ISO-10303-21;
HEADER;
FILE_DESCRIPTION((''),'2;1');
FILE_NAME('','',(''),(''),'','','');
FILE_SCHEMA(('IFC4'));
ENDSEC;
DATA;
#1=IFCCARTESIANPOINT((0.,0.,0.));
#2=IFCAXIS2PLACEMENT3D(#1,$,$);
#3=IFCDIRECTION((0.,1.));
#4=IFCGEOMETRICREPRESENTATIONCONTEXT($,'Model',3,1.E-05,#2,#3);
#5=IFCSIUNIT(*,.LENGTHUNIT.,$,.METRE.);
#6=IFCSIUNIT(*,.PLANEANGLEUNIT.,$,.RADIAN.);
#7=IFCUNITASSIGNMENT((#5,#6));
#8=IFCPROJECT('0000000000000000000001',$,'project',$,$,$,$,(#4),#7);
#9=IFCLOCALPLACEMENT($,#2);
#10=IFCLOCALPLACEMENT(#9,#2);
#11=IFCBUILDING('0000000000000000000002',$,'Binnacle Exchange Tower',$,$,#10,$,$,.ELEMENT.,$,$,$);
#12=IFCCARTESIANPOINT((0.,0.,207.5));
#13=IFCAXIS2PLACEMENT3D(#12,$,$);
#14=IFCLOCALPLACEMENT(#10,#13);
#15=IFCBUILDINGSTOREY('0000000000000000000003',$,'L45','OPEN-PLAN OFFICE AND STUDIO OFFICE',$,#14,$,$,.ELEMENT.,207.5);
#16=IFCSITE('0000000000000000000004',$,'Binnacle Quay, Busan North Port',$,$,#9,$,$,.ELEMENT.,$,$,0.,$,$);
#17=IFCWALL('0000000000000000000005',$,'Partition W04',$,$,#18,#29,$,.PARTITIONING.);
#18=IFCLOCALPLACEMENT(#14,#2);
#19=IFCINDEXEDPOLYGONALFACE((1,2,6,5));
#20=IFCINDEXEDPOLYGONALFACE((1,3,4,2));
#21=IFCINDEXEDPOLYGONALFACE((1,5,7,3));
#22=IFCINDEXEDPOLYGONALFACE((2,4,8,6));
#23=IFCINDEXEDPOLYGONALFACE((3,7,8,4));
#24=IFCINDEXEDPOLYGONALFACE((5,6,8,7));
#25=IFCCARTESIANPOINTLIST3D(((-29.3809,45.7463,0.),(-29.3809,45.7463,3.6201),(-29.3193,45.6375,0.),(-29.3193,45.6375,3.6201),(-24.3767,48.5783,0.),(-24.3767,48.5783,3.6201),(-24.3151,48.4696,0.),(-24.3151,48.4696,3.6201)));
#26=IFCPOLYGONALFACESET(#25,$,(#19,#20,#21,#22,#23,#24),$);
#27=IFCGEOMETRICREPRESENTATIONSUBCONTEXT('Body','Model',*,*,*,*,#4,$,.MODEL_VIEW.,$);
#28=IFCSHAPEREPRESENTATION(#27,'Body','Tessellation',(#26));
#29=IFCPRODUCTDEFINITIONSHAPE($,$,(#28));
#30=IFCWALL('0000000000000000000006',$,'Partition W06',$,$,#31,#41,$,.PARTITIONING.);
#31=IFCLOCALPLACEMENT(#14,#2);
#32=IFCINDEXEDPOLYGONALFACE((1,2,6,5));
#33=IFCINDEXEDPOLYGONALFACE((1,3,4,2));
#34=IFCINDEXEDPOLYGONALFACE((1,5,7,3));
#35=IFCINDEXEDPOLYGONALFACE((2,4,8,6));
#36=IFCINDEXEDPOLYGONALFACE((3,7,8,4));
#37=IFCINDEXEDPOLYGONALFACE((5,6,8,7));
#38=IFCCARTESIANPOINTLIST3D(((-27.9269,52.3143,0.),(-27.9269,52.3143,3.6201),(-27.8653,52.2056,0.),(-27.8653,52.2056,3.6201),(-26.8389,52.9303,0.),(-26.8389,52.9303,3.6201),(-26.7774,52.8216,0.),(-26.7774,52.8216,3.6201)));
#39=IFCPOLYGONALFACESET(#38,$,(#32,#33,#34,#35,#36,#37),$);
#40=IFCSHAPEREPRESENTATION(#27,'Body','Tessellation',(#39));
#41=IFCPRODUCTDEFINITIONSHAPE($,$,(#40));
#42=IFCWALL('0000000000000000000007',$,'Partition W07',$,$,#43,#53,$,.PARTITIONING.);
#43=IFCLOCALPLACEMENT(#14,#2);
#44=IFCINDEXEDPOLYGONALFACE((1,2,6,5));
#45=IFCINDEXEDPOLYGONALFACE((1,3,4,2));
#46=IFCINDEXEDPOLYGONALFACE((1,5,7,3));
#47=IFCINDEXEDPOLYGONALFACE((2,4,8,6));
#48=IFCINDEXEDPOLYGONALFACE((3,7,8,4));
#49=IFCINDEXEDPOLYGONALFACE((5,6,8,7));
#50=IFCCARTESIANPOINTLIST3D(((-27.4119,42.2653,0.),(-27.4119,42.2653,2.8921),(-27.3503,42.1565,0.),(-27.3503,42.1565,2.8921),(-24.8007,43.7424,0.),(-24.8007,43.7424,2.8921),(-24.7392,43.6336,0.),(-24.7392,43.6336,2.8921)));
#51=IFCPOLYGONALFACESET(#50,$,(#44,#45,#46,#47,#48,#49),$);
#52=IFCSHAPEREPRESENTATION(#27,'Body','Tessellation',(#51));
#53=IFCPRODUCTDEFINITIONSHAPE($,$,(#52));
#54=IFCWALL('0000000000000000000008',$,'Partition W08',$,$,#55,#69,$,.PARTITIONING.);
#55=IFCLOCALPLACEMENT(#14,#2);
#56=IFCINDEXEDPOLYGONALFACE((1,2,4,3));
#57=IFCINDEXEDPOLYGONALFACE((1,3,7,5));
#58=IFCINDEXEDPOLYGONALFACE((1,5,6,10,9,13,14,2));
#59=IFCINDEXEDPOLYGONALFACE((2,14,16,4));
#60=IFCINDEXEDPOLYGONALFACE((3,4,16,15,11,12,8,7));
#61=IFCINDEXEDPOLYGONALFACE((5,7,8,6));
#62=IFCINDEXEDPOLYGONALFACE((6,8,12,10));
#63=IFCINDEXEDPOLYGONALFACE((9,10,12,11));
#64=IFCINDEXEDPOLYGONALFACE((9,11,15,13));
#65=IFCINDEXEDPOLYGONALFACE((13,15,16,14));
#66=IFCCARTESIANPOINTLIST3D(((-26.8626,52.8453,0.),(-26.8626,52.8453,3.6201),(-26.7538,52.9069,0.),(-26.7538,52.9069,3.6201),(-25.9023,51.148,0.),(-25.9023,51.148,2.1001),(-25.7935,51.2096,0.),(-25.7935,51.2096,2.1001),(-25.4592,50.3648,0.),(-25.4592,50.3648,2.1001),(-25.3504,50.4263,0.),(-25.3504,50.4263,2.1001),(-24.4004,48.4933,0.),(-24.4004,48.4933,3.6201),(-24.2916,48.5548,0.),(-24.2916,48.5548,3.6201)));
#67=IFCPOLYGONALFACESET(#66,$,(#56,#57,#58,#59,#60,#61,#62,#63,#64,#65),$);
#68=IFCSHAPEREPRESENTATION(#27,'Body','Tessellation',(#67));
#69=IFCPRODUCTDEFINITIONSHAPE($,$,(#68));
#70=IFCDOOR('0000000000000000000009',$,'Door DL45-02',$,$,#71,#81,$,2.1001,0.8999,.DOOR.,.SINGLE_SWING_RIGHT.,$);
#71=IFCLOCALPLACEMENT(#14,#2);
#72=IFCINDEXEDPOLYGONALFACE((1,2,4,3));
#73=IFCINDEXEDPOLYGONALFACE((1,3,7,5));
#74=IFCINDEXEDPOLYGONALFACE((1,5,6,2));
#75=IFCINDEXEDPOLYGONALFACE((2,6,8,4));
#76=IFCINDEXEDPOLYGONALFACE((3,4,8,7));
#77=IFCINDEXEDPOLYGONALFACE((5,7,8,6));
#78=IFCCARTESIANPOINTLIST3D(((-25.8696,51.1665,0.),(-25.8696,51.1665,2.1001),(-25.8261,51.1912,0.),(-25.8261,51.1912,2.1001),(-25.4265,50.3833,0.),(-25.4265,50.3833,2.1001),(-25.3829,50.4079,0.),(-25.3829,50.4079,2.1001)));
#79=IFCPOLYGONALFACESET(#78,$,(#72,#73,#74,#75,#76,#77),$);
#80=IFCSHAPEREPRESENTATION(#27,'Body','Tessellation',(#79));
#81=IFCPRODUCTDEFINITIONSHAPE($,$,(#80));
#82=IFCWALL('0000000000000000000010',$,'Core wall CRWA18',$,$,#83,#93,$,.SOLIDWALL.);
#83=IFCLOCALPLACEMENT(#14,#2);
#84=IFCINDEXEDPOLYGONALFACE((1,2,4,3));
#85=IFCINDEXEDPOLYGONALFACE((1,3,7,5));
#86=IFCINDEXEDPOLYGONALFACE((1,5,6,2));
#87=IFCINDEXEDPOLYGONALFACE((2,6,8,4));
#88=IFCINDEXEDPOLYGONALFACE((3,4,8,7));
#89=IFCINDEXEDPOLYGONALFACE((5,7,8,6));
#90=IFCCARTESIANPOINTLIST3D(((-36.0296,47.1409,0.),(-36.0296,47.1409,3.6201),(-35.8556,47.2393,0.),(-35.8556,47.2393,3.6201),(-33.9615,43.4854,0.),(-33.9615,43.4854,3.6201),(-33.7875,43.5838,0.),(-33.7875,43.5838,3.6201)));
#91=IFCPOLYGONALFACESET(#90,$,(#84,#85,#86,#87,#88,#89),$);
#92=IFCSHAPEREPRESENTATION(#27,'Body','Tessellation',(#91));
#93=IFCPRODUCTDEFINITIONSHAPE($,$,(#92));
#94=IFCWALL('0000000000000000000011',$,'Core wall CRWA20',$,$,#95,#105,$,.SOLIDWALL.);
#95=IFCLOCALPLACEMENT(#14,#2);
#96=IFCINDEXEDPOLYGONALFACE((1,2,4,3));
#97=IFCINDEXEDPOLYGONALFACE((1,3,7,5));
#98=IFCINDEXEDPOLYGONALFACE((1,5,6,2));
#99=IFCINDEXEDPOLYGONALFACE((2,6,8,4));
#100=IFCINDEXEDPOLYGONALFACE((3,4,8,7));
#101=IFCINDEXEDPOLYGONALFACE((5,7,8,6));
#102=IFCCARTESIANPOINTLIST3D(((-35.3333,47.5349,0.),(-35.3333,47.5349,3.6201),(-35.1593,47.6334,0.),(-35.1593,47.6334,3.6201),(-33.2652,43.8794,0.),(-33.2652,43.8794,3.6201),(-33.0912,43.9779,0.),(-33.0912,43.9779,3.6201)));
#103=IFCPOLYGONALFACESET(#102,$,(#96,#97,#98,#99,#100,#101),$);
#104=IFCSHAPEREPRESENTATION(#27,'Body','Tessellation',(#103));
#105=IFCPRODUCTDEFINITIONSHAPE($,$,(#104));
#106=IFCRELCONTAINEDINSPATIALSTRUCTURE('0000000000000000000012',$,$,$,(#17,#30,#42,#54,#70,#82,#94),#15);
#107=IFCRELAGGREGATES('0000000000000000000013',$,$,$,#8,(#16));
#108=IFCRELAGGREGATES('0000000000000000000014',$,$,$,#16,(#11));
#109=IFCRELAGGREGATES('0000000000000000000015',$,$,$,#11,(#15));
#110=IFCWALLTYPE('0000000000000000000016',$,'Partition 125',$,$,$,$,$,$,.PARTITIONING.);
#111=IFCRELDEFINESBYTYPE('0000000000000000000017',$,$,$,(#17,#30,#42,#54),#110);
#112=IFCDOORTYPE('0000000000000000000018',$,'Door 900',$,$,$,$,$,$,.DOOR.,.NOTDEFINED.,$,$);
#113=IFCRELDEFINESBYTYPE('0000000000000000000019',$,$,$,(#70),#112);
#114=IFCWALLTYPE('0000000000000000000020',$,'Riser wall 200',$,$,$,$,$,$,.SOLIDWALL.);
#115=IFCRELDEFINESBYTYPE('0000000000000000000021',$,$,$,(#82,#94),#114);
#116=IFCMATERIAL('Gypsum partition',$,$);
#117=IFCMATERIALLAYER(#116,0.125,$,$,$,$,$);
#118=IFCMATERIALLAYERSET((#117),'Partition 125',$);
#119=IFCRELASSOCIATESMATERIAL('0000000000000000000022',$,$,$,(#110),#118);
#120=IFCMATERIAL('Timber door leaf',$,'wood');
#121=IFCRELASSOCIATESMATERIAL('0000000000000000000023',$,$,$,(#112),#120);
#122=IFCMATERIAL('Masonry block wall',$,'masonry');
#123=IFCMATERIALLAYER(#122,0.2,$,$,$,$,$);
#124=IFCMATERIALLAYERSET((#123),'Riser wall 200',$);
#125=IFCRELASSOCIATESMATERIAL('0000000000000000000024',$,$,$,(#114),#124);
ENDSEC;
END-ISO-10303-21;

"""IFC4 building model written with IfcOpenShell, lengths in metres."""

from ifc_helpers import new_model, si_unit, direction, frame, frame_2d, origin, place, context, subcontext, project, spatial, rectangle, extrude, material, layer, layer_set, type_object, element, fill, save


model = new_model("IFC4")

# Units and contexts
model_context = context("Model", 3, precision=1e-05, world=origin(), true_north=direction((0.0, 1.0)))
body_context = subcontext(model_context, "Body", "Model", "MODEL_VIEW")
ifc_project = project(units=[si_unit("LENGTHUNIT", "METRE"), si_unit("PLANEANGLEUNIT", "RADIAN")], contexts=[model_context])

# Site, building, storey
site_placement = place(None, origin())
site = spatial("IfcSite", under=ifc_project, at=site_placement, Name="Binnacle Quay, Busan North Port", CompositionType="ELEMENT", RefElevation=0.0)
building_placement = place(site_placement, origin())
building = spatial("IfcBuilding", under=site, at=building_placement, Name="Binnacle Exchange Tower", CompositionType="ELEMENT")
storey_placement = place(building_placement, frame((0.0, 0.0, 207.5)))
storey = spatial("IfcBuildingStorey", under=building, at=storey_placement, Name="L45", Description="OPEN-PLAN OFFICE AND STUDIO OFFICE", CompositionType="ELEMENT", Elevation=207.5)

# Shared definitions
ifc_material_1 = material(Name="Masonry block wall", Category="masonry")

# Walls
ifc_material_2 = material(Name="Gypsum partition")
ifc_layer_1 = layer(ifc_material_2, 0.125)
ifc_layer_set_1 = layer_set([ifc_layer_1], Name="Partition 125")
wall_type_1 = type_object("IfcWallType", Name="Partition 125", PredefinedType="PARTITIONING", material=ifc_layer_set_1)
wall_1_placement = place(storey_placement, frame((-29.3501, 45.6919, 0.0), z_axis=(0.0, 0.0, 1.0), x_axis=(0.870295, 0.492531, 0.0)))
element("IfcWall", 1, at=wall_1_placement, inside=storey, type_object=wall_type_1, Name="Partition W04", PredefinedType="PARTITIONING", context=body_context, shape_type="SweptSolid", body=[
    extrude(rectangle(XDim=5.75, YDim=0.125, at=frame_2d((2.875, 0.0))), origin(), (0.0, 0.0, 1.0), 3.6201),
])
wall_2_placement = place(storey_placement, frame((-27.896, 52.26, 0.0), z_axis=(0.0, 0.0, 1.0), x_axis=(0.870195, 0.492707, 0.0)))
element("IfcWall", 2, at=wall_2_placement, inside=storey, type_object=wall_type_1, Name="Partition W06", PredefinedType="PARTITIONING", context=body_context, shape_type="SweptSolid", body=[
    extrude(rectangle(XDim=1.2502, YDim=0.125, at=frame_2d((0.625, 0.0))), origin(), (0.0, 0.0, 1.0), 3.6201),
])
wall_3_placement = place(storey_placement, frame((-27.3811, 42.2109, 0.0), z_axis=(0.0, 0.0, 1.0), x_axis=(0.870388, 0.492366, 0.0)))
element("IfcWall", 3, at=wall_3_placement, inside=storey, type_object=wall_type_1, Name="Partition W07", PredefinedType="PARTITIONING", context=body_context, shape_type="SweptSolid", body=[
    extrude(rectangle(XDim=3.0, YDim=0.125, at=frame_2d((1.5, 0.0))), origin(), (0.0, 0.0, 1.0), 2.8921),
])

# Wall, opening, door
wall_4_placement = place(storey_placement, frame((-26.8081, 52.876, 0.0), z_axis=(0.0, 0.0, 1.0), x_axis=(0.492406, -0.870365, 0.0)))
wall_4 = element("IfcWall", 4, at=wall_4_placement, inside=storey, type_object=wall_type_1, Name="Partition W08", PredefinedType="PARTITIONING", context=body_context, shape_type="SweptSolid", body=[
    extrude(rectangle(XDim=5.0002, YDim=0.125, at=frame_2d((2.5, 0.0))), origin(), (0.0, 0.0, 1.0), 3.6201),
])
opening_1_placement = place(wall_4_placement, frame((1.95, 0.0, 0.0)))
opening_1 = element("IfcOpeningElement", 5, at=opening_1_placement, cuts=wall_4, PredefinedType="OPENING", context=body_context, shape_type="SweptSolid", body=[
    extrude(rectangle(XDim=0.8999, YDim=2.1001, at=frame_2d((0.45, 1.05))), frame((0.0, 0.0725, 0.0), z_axis=(0.0, -1.0, 0.0), x_axis=(1.0, 0.0, 0.0)), (0.0, 0.0, 1.0), 0.145),
])
ifc_material_3 = material(Name="Timber door leaf", Category="wood")
door_type_1 = type_object("IfcDoorType", Name="Door 900", OperationType="NOTDEFINED", PredefinedType="DOOR", material=ifc_material_3)
door_1_placement = place(opening_1_placement, frame((0.8999, 0.0, 0.0), z_axis=(0.0, 0.0, 1.0), x_axis=(-1.0, 0.0, 0.0)))
door_1 = element("IfcDoor", 6, at=door_1_placement, inside=storey, type_object=door_type_1, Name="Door DL45-02", OperationType="SINGLE_SWING_RIGHT", OverallHeight=2.1001, OverallWidth=0.8999, PredefinedType="DOOR", context=body_context, shape_type="SweptSolid", body=[
    extrude(rectangle(XDim=0.8999, YDim=2.1001, at=frame_2d((0.45, 1.05))), frame((0.0, 0.0249, 0.0), z_axis=(0.0, -1.0, 0.0), x_axis=(1.0, 0.0, 0.0)), (0.0, 0.0, 1.0), 0.05),
])
fill(opening_1, door_1)

# Walls
ifc_layer_2 = layer(ifc_material_1, 0.2)
ifc_layer_set_2 = layer_set([ifc_layer_2], Name="Riser wall 200")
wall_type_2 = type_object("IfcWallType", Name="Riser wall 200", PredefinedType="SOLIDWALL", material=ifc_layer_set_2)
for number, where, z_axis, x_axis, name in (
    (7, (-35.9426, 47.1902, 0.0), (0.0, 0.0, 1.0), (0.49241, -0.870364, 0.0), "Core wall CRWA18"),
    (8, (-35.2463, 47.5842, 0.0), (0.0, 0.0, 1.0), (0.49241, -0.870364, 0.0), "Core wall CRWA20"),
):
    element("IfcWall", number, at=place(storey_placement, frame(where, z_axis=z_axis, x_axis=x_axis)), inside=storey, type_object=wall_type_2, Name=name, PredefinedType="SOLIDWALL", context=body_context, shape_type="SweptSolid", body=[
        extrude(rectangle(XDim=4.2, YDim=0.2, at=frame_2d((2.1001, 0.0))), origin(), (0.0, 0.0, 1.0), 3.6201),
    ])

save(model, "model.ifc")
